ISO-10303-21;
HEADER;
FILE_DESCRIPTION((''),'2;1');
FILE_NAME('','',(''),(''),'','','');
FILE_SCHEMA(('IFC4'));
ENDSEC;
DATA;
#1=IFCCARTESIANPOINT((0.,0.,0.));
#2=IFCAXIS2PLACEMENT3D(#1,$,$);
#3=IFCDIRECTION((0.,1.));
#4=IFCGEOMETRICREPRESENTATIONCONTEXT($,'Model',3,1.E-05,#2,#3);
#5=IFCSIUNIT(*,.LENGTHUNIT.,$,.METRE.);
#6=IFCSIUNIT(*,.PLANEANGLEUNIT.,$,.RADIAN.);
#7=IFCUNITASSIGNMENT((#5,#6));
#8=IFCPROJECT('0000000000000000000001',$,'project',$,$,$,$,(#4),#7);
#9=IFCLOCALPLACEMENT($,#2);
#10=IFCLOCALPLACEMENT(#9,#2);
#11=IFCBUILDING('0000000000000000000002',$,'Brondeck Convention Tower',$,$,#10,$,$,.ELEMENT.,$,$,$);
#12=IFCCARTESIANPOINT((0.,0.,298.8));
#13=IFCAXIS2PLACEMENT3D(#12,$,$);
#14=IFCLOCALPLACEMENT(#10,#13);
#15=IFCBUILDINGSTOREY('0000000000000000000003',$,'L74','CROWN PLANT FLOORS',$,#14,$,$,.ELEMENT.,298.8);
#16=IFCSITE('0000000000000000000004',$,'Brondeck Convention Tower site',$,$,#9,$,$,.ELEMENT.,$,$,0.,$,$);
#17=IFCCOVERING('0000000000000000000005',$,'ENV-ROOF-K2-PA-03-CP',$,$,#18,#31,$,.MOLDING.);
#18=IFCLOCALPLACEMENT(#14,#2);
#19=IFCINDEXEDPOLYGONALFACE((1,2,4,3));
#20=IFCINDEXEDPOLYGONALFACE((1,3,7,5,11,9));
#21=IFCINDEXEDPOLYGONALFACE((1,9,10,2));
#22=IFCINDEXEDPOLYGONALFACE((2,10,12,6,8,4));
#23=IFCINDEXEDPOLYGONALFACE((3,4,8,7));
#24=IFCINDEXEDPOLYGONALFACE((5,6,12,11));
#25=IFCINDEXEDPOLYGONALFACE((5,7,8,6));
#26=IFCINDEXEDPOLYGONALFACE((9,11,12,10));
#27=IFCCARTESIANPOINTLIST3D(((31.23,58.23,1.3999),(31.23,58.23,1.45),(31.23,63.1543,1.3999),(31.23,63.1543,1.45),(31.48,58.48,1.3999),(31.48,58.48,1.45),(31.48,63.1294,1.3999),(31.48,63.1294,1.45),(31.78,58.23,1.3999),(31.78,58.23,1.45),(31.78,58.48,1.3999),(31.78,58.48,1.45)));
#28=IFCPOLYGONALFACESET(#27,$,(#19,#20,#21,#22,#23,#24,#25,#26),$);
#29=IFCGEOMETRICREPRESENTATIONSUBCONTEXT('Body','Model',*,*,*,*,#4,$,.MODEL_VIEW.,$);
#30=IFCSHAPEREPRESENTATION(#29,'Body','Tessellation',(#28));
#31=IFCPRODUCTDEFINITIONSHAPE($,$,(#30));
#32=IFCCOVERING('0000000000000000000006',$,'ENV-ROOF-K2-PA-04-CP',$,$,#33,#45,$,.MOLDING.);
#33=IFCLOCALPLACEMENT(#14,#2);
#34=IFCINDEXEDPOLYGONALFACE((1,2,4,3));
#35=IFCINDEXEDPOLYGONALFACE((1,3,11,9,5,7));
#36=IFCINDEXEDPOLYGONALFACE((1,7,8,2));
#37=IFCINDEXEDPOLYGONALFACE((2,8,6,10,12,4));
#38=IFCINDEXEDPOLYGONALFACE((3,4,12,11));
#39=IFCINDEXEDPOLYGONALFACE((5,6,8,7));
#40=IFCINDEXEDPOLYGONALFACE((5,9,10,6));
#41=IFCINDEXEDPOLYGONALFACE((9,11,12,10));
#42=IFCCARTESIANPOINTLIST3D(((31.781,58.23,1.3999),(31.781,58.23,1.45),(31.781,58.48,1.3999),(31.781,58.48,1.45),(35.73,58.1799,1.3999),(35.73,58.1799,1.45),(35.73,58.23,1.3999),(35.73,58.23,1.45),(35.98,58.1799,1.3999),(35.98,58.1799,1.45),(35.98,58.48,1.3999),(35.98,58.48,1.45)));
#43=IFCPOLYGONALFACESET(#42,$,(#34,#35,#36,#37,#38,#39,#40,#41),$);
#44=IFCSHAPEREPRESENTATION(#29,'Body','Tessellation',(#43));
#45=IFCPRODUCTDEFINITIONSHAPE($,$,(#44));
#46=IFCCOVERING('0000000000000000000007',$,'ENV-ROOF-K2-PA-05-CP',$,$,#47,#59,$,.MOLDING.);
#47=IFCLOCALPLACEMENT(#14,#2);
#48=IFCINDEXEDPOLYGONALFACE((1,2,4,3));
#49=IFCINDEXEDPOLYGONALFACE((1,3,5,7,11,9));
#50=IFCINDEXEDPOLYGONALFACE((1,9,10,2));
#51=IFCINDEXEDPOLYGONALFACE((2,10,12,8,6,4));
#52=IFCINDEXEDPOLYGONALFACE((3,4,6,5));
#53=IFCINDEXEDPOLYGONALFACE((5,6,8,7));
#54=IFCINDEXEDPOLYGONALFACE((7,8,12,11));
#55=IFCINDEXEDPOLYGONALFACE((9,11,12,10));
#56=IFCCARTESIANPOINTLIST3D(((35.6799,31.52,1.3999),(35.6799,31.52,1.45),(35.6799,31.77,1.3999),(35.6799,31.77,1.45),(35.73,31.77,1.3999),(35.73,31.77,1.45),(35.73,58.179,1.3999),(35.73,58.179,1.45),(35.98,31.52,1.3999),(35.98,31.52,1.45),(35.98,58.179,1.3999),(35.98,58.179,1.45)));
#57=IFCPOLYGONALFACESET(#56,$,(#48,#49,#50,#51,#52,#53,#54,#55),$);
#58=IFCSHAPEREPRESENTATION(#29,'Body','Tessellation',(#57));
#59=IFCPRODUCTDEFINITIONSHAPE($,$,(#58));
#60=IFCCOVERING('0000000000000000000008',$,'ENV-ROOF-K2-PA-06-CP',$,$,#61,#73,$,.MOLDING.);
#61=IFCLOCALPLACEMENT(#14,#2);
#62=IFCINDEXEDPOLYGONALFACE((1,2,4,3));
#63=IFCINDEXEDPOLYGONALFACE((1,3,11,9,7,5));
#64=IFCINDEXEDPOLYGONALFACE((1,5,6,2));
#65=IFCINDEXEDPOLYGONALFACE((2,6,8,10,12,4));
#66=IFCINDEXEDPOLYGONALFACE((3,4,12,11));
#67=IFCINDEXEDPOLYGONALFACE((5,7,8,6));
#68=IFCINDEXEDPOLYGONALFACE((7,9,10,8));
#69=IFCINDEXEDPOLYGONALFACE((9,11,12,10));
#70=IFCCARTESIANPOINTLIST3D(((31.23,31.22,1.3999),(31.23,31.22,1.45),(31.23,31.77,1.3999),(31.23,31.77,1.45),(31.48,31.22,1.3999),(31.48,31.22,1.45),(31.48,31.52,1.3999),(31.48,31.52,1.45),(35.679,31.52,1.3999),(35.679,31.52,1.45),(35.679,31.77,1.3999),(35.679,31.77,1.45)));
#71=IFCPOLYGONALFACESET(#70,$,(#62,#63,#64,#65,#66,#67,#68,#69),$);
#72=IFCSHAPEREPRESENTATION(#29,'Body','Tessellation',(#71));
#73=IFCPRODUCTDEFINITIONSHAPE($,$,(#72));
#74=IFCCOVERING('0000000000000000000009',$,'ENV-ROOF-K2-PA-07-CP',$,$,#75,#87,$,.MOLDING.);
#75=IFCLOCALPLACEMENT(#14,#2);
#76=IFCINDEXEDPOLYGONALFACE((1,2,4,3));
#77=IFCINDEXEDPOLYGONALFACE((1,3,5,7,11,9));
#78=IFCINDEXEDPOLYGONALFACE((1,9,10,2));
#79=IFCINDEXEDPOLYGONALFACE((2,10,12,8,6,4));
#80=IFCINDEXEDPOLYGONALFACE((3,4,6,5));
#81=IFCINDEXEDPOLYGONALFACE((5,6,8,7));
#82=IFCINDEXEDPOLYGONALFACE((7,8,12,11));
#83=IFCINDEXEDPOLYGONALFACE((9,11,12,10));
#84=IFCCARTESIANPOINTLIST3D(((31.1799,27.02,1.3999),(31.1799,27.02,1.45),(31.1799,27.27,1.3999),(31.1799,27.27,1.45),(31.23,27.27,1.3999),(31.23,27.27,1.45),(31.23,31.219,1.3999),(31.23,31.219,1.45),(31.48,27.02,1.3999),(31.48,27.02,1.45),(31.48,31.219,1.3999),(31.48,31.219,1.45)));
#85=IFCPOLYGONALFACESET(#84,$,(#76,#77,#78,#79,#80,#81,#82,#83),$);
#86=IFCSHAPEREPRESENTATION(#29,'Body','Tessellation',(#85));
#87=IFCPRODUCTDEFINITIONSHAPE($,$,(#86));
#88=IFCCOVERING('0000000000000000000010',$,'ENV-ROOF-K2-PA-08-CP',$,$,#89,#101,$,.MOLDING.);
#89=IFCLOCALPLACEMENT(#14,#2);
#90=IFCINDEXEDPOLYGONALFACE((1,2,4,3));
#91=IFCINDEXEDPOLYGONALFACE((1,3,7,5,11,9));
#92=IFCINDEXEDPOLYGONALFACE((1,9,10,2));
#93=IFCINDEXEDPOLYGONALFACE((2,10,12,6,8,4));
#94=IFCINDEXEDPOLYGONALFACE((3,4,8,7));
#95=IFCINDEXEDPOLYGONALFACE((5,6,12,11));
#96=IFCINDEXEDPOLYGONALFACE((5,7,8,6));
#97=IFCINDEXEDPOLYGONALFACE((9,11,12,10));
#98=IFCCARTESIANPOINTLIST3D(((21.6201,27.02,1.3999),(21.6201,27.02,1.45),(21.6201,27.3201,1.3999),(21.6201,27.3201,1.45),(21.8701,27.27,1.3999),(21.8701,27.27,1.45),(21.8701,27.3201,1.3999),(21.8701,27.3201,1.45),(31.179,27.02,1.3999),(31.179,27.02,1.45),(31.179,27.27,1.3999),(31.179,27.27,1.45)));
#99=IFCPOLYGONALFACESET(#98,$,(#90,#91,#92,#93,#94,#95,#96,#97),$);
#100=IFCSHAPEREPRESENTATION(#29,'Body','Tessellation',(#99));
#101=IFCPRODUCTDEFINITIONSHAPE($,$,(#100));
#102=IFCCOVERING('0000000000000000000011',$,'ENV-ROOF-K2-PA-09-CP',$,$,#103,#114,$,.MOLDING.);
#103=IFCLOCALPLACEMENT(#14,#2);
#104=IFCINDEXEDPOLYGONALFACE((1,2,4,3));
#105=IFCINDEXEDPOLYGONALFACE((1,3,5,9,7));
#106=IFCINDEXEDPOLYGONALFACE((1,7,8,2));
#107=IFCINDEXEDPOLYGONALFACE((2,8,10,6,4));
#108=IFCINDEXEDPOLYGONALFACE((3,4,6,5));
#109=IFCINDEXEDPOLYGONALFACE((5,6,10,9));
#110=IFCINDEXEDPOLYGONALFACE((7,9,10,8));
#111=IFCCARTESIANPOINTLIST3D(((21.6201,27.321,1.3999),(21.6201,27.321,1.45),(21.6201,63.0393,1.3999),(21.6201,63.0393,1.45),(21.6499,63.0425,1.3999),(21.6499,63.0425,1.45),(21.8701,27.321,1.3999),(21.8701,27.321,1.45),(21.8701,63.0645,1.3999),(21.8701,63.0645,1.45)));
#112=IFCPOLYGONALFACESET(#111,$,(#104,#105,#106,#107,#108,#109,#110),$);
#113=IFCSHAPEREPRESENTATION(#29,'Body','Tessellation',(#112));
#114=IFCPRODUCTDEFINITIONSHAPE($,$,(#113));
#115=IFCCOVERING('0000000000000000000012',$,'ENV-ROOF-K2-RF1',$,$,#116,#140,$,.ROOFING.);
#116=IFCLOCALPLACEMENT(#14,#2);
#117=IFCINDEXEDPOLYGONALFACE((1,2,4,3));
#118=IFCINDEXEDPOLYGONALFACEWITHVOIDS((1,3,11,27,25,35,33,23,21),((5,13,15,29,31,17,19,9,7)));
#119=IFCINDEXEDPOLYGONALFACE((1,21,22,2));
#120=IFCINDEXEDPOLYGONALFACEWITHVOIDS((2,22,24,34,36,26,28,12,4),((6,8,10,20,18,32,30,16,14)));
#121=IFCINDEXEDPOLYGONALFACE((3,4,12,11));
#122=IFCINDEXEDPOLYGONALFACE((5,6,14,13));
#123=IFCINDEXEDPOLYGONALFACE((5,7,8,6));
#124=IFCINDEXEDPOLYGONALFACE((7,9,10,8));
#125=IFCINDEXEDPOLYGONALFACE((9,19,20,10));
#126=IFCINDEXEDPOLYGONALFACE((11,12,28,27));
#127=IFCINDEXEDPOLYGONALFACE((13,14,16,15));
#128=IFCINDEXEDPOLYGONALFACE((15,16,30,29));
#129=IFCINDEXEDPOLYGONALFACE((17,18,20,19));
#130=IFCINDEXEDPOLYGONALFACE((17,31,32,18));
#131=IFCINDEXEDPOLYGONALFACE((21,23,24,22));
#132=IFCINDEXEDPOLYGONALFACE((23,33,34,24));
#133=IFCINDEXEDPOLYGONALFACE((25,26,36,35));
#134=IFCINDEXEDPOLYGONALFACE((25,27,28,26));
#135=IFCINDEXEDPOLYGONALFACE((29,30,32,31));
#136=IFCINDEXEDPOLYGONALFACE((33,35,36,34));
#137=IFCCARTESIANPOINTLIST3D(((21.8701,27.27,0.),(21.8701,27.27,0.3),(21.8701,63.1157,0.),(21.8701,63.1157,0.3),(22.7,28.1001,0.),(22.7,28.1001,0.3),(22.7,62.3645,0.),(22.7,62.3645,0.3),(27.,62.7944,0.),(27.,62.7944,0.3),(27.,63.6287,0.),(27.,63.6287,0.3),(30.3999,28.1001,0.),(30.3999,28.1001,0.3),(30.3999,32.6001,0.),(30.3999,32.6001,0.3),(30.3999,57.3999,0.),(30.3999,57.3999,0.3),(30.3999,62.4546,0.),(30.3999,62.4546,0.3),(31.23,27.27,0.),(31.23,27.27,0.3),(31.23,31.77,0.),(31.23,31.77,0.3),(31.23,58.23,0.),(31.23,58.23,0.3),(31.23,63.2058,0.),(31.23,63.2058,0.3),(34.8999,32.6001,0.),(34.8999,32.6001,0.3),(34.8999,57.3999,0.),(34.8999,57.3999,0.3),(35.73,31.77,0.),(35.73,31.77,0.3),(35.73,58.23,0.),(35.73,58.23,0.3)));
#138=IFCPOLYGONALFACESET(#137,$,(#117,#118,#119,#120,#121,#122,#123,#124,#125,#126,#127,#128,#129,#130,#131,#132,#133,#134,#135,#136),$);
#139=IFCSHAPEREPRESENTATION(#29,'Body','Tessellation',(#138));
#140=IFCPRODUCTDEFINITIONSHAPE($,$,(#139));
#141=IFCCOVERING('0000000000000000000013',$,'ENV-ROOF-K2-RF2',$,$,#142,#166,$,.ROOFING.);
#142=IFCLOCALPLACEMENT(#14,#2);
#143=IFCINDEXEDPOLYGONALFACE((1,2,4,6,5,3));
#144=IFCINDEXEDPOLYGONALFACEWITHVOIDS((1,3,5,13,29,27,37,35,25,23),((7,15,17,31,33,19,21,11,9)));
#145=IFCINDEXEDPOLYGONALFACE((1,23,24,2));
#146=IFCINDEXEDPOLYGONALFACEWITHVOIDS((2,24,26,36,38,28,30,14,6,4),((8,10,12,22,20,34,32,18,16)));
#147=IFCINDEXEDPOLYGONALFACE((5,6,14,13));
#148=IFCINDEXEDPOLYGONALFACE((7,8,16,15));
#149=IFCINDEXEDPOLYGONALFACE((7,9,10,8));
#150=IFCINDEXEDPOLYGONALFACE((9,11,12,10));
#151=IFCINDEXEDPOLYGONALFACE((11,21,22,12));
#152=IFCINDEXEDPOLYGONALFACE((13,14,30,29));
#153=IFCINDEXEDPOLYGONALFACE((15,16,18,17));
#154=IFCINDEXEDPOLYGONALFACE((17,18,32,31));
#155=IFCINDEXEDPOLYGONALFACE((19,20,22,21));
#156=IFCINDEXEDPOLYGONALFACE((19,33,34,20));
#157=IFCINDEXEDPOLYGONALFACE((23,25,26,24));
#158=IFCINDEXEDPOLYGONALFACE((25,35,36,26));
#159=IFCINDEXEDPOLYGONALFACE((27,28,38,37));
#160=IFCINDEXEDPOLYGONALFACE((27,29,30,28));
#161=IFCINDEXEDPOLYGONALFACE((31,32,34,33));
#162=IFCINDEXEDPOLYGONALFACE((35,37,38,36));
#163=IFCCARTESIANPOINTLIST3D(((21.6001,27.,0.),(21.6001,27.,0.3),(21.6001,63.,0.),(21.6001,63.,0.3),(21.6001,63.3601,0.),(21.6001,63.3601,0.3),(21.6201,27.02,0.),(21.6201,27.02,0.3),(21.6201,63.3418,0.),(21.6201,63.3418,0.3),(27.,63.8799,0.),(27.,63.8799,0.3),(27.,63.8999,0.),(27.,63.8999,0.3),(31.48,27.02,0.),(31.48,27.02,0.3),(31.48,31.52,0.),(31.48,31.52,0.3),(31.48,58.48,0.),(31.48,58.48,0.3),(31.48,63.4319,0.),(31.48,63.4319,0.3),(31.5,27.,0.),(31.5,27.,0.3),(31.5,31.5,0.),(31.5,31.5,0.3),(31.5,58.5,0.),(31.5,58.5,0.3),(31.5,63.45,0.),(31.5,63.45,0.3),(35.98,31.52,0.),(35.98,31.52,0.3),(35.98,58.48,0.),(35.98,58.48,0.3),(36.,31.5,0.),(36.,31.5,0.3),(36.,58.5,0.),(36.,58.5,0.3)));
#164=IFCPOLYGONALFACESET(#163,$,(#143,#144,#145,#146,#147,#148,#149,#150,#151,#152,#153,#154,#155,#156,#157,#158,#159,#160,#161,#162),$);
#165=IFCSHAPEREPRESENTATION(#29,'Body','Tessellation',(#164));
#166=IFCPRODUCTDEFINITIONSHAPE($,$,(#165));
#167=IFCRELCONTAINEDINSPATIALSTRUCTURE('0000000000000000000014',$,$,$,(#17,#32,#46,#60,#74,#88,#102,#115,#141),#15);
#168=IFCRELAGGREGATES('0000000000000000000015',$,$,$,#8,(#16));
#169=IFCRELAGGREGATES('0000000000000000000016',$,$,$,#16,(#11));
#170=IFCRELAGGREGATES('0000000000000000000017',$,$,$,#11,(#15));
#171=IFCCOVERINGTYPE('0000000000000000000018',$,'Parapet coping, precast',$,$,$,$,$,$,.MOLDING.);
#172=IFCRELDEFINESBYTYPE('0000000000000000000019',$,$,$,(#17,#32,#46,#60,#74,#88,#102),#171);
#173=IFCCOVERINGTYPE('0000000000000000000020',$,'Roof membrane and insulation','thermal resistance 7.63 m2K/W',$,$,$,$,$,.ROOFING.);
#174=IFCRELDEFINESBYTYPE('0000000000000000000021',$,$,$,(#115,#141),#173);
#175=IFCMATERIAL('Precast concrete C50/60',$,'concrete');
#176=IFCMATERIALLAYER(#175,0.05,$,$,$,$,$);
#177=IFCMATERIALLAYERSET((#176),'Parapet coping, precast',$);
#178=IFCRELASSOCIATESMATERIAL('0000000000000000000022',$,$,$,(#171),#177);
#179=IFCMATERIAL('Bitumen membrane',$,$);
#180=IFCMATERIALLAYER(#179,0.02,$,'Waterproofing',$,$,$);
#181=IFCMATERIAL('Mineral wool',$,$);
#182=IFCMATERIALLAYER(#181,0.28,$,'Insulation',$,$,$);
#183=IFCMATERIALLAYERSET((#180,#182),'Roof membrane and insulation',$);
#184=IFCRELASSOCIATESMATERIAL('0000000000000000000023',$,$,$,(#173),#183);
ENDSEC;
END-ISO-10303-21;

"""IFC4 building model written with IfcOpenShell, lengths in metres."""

from ifc_helpers import new_model, si_unit, direction, frame, origin, place, context, subcontext, project, spatial, polyline, outline, extrude, material, layer, layer_set, type_object, element, save


model = new_model("IFC4")

# Units and contexts
model_context = context("Model", 3, precision=1e-05, world=origin(), true_north=direction((0.0, 1.0)))
body_context = subcontext(model_context, "Body", "Model", "MODEL_VIEW")
ifc_project = project(units=[si_unit("LENGTHUNIT", "METRE"), si_unit("PLANEANGLEUNIT", "RADIAN")], contexts=[model_context])

# Site, building, storey
site_placement = place(None, origin())
site = spatial("IfcSite", under=ifc_project, at=site_placement, Name="Brondeck Convention Tower site", CompositionType="ELEMENT", RefElevation=0.0)
building_placement = place(site_placement, origin())
building = spatial("IfcBuilding", under=site, at=building_placement, Name="Brondeck Convention Tower", CompositionType="ELEMENT")
storey_placement = place(building_placement, frame((0.0, 0.0, 298.8)))
storey = spatial("IfcBuildingStorey", under=building, at=storey_placement, Name="L74", Description="CROWN PLANT FLOORS", CompositionType="ELEMENT", Elevation=298.8)

# Shared definitions
ifc_material_1 = material(Name="Precast concrete C50/60", Category="concrete")

# Coverings
ifc_layer_1 = layer(ifc_material_1, 0.05)
ifc_layer_set_1 = layer_set([ifc_layer_1], Name="Parapet coping, precast")
covering_type_1 = type_object("IfcCoveringType", Name="Parapet coping, precast", PredefinedType="MOLDING", material=ifc_layer_set_1)
covering_1_placement = place(storey_placement, frame((0.0, 0.0, 1.3999)))
element("IfcCovering", 1, at=covering_1_placement, inside=storey, type_object=covering_type_1, Name="ENV-ROOF-K2-PA-03-CP", PredefinedType="MOLDING", context=body_context, shape_type="SweptSolid", body=[
    extrude(outline(polyline([(31.23, 58.23), (31.78, 58.23), (31.78, 58.48), (31.48, 58.48), (31.48, 63.1294), (31.48, 63.1294), (31.48, 63.1294), (31.23, 63.1543), (31.23, 58.23)])), origin(), (0.0, 0.0, 1.0), 0.05),
])
covering_2_placement = place(storey_placement, frame((0.0, 0.0, 1.3999)))
element("IfcCovering", 2, at=covering_2_placement, inside=storey, type_object=covering_type_1, Name="ENV-ROOF-K2-PA-04-CP", PredefinedType="MOLDING", context=body_context, shape_type="SweptSolid", body=[
    extrude(outline(polyline([(35.73, 58.23), (35.73, 58.1799), (35.98, 58.1799), (35.98, 58.48), (31.781, 58.48), (31.781, 58.23), (35.73, 58.23)])), origin(), (0.0, 0.0, 1.0), 0.05),
])
covering_3_placement = place(storey_placement, frame((0.0, 0.0, 1.3999)))
element("IfcCovering", 3, at=covering_3_placement, inside=storey, type_object=covering_type_1, Name="ENV-ROOF-K2-PA-05-CP", PredefinedType="MOLDING", context=body_context, shape_type="SweptSolid", body=[
    extrude(outline(polyline([(35.73, 31.77), (35.6799, 31.77), (35.6799, 31.52), (35.98, 31.52), (35.98, 58.179), (35.73, 58.179), (35.73, 31.77)])), origin(), (0.0, 0.0, 1.0), 0.05),
])
covering_4_placement = place(storey_placement, frame((0.0, 0.0, 1.3999)))
element("IfcCovering", 4, at=covering_4_placement, inside=storey, type_object=covering_type_1, Name="ENV-ROOF-K2-PA-06-CP", PredefinedType="MOLDING", context=body_context, shape_type="SweptSolid", body=[
    extrude(outline(polyline([(31.23, 31.77), (31.23, 31.22), (31.48, 31.22), (31.48, 31.52), (35.679, 31.52), (35.679, 31.77), (31.23, 31.77)])), origin(), (0.0, 0.0, 1.0), 0.05),
])
covering_5_placement = place(storey_placement, frame((0.0, 0.0, 1.3999)))
element("IfcCovering", 5, at=covering_5_placement, inside=storey, type_object=covering_type_1, Name="ENV-ROOF-K2-PA-07-CP", PredefinedType="MOLDING", context=body_context, shape_type="SweptSolid", body=[
    extrude(outline(polyline([(31.23, 27.27), (31.1799, 27.27), (31.1799, 27.02), (31.48, 27.02), (31.48, 31.219), (31.23, 31.219), (31.23, 27.27)])), origin(), (0.0, 0.0, 1.0), 0.05),
])
covering_6_placement = place(storey_placement, frame((0.0, 0.0, 1.3999)))
element("IfcCovering", 6, at=covering_6_placement, inside=storey, type_object=covering_type_1, Name="ENV-ROOF-K2-PA-08-CP", PredefinedType="MOLDING", context=body_context, shape_type="SweptSolid", body=[
    extrude(outline(polyline([(21.8701, 27.27), (21.8701, 27.3201), (21.6201, 27.3201), (21.6201, 27.02), (31.179, 27.02), (31.179, 27.27), (21.8701, 27.27)])), origin(), (0.0, 0.0, 1.0), 0.05),
])
covering_7_placement = place(storey_placement, frame((0.0, 0.0, 1.3999)))
element("IfcCovering", 7, at=covering_7_placement, inside=storey, type_object=covering_type_1, Name="ENV-ROOF-K2-PA-09-CP", PredefinedType="MOLDING", context=body_context, shape_type="SweptSolid", body=[
    extrude(outline(polyline([(21.8701, 27.321), (21.8701, 63.0645), (21.6499, 63.0425), (21.6201, 63.0393), (21.6201, 63.0393), (21.6201, 63.0393), (21.6201, 27.321), (21.8701, 27.321)])), origin(), (0.0, 0.0, 1.0), 0.05),
])
ifc_material_2 = material(Name="Bitumen membrane")
ifc_layer_2 = layer(ifc_material_2, 0.02, Name="Waterproofing")
ifc_material_3 = material(Name="Mineral wool")
ifc_layer_3 = layer(ifc_material_3, 0.28, Name="Insulation")
ifc_layer_set_2 = layer_set([ifc_layer_2, ifc_layer_3], Name="Roof membrane and insulation")
covering_type_2 = type_object("IfcCoveringType", Name="Roof membrane and insulation", Description="thermal resistance 7.63 m2K/W", PredefinedType="ROOFING", material=ifc_layer_set_2)
covering_8_placement = place(storey_placement, origin())
element("IfcCovering", 8, at=covering_8_placement, inside=storey, type_object=covering_type_2, Name="ENV-ROOF-K2-RF1", PredefinedType="ROOFING", context=body_context, shape_type="SweptSolid", body=[
    extrude(outline(polyline([(21.8701, 63.1157), (21.8701, 27.27), (31.23, 27.27), (31.23, 31.77), (35.73, 31.77), (35.73, 58.23), (31.23, 58.23), (31.23, 63.2058), (27.0, 63.6287), (21.8701, 63.1157)]), holes=[polyline([(30.3999, 28.1001), (22.7, 28.1001), (22.7, 62.3645), (27.0, 62.7944), (30.3999, 62.4546), (30.3999, 57.3999), (34.8999, 57.3999), (34.8999, 32.6001), (30.3999, 32.6001), (30.3999, 28.1001)])]), origin(), (0.0, 0.0, 1.0), 0.3),
])
covering_9_placement = place(storey_placement, origin())
element("IfcCovering", 9, at=covering_9_placement, inside=storey, type_object=covering_type_2, Name="ENV-ROOF-K2-RF2", PredefinedType="ROOFING", context=body_context, shape_type="SweptSolid", body=[
    extrude(outline(polyline([(21.6001, 63.3601), (21.6001, 63.0), (21.6001, 27.0), (31.5, 27.0), (31.5, 31.5), (36.0, 31.5), (36.0, 58.5), (31.5, 58.5), (31.5, 63.45), (27.0, 63.8999), (21.6001, 63.3601)]), holes=[polyline([(31.48, 27.02), (21.6201, 27.02), (21.6201, 63.3418), (27.0, 63.8799), (31.48, 63.4319), (31.48, 58.48), (35.98, 58.48), (35.98, 31.52), (31.48, 31.52), (31.48, 27.02)])]), origin(), (0.0, 0.0, 1.0), 0.3),
])

save(model, "model.ifc")
